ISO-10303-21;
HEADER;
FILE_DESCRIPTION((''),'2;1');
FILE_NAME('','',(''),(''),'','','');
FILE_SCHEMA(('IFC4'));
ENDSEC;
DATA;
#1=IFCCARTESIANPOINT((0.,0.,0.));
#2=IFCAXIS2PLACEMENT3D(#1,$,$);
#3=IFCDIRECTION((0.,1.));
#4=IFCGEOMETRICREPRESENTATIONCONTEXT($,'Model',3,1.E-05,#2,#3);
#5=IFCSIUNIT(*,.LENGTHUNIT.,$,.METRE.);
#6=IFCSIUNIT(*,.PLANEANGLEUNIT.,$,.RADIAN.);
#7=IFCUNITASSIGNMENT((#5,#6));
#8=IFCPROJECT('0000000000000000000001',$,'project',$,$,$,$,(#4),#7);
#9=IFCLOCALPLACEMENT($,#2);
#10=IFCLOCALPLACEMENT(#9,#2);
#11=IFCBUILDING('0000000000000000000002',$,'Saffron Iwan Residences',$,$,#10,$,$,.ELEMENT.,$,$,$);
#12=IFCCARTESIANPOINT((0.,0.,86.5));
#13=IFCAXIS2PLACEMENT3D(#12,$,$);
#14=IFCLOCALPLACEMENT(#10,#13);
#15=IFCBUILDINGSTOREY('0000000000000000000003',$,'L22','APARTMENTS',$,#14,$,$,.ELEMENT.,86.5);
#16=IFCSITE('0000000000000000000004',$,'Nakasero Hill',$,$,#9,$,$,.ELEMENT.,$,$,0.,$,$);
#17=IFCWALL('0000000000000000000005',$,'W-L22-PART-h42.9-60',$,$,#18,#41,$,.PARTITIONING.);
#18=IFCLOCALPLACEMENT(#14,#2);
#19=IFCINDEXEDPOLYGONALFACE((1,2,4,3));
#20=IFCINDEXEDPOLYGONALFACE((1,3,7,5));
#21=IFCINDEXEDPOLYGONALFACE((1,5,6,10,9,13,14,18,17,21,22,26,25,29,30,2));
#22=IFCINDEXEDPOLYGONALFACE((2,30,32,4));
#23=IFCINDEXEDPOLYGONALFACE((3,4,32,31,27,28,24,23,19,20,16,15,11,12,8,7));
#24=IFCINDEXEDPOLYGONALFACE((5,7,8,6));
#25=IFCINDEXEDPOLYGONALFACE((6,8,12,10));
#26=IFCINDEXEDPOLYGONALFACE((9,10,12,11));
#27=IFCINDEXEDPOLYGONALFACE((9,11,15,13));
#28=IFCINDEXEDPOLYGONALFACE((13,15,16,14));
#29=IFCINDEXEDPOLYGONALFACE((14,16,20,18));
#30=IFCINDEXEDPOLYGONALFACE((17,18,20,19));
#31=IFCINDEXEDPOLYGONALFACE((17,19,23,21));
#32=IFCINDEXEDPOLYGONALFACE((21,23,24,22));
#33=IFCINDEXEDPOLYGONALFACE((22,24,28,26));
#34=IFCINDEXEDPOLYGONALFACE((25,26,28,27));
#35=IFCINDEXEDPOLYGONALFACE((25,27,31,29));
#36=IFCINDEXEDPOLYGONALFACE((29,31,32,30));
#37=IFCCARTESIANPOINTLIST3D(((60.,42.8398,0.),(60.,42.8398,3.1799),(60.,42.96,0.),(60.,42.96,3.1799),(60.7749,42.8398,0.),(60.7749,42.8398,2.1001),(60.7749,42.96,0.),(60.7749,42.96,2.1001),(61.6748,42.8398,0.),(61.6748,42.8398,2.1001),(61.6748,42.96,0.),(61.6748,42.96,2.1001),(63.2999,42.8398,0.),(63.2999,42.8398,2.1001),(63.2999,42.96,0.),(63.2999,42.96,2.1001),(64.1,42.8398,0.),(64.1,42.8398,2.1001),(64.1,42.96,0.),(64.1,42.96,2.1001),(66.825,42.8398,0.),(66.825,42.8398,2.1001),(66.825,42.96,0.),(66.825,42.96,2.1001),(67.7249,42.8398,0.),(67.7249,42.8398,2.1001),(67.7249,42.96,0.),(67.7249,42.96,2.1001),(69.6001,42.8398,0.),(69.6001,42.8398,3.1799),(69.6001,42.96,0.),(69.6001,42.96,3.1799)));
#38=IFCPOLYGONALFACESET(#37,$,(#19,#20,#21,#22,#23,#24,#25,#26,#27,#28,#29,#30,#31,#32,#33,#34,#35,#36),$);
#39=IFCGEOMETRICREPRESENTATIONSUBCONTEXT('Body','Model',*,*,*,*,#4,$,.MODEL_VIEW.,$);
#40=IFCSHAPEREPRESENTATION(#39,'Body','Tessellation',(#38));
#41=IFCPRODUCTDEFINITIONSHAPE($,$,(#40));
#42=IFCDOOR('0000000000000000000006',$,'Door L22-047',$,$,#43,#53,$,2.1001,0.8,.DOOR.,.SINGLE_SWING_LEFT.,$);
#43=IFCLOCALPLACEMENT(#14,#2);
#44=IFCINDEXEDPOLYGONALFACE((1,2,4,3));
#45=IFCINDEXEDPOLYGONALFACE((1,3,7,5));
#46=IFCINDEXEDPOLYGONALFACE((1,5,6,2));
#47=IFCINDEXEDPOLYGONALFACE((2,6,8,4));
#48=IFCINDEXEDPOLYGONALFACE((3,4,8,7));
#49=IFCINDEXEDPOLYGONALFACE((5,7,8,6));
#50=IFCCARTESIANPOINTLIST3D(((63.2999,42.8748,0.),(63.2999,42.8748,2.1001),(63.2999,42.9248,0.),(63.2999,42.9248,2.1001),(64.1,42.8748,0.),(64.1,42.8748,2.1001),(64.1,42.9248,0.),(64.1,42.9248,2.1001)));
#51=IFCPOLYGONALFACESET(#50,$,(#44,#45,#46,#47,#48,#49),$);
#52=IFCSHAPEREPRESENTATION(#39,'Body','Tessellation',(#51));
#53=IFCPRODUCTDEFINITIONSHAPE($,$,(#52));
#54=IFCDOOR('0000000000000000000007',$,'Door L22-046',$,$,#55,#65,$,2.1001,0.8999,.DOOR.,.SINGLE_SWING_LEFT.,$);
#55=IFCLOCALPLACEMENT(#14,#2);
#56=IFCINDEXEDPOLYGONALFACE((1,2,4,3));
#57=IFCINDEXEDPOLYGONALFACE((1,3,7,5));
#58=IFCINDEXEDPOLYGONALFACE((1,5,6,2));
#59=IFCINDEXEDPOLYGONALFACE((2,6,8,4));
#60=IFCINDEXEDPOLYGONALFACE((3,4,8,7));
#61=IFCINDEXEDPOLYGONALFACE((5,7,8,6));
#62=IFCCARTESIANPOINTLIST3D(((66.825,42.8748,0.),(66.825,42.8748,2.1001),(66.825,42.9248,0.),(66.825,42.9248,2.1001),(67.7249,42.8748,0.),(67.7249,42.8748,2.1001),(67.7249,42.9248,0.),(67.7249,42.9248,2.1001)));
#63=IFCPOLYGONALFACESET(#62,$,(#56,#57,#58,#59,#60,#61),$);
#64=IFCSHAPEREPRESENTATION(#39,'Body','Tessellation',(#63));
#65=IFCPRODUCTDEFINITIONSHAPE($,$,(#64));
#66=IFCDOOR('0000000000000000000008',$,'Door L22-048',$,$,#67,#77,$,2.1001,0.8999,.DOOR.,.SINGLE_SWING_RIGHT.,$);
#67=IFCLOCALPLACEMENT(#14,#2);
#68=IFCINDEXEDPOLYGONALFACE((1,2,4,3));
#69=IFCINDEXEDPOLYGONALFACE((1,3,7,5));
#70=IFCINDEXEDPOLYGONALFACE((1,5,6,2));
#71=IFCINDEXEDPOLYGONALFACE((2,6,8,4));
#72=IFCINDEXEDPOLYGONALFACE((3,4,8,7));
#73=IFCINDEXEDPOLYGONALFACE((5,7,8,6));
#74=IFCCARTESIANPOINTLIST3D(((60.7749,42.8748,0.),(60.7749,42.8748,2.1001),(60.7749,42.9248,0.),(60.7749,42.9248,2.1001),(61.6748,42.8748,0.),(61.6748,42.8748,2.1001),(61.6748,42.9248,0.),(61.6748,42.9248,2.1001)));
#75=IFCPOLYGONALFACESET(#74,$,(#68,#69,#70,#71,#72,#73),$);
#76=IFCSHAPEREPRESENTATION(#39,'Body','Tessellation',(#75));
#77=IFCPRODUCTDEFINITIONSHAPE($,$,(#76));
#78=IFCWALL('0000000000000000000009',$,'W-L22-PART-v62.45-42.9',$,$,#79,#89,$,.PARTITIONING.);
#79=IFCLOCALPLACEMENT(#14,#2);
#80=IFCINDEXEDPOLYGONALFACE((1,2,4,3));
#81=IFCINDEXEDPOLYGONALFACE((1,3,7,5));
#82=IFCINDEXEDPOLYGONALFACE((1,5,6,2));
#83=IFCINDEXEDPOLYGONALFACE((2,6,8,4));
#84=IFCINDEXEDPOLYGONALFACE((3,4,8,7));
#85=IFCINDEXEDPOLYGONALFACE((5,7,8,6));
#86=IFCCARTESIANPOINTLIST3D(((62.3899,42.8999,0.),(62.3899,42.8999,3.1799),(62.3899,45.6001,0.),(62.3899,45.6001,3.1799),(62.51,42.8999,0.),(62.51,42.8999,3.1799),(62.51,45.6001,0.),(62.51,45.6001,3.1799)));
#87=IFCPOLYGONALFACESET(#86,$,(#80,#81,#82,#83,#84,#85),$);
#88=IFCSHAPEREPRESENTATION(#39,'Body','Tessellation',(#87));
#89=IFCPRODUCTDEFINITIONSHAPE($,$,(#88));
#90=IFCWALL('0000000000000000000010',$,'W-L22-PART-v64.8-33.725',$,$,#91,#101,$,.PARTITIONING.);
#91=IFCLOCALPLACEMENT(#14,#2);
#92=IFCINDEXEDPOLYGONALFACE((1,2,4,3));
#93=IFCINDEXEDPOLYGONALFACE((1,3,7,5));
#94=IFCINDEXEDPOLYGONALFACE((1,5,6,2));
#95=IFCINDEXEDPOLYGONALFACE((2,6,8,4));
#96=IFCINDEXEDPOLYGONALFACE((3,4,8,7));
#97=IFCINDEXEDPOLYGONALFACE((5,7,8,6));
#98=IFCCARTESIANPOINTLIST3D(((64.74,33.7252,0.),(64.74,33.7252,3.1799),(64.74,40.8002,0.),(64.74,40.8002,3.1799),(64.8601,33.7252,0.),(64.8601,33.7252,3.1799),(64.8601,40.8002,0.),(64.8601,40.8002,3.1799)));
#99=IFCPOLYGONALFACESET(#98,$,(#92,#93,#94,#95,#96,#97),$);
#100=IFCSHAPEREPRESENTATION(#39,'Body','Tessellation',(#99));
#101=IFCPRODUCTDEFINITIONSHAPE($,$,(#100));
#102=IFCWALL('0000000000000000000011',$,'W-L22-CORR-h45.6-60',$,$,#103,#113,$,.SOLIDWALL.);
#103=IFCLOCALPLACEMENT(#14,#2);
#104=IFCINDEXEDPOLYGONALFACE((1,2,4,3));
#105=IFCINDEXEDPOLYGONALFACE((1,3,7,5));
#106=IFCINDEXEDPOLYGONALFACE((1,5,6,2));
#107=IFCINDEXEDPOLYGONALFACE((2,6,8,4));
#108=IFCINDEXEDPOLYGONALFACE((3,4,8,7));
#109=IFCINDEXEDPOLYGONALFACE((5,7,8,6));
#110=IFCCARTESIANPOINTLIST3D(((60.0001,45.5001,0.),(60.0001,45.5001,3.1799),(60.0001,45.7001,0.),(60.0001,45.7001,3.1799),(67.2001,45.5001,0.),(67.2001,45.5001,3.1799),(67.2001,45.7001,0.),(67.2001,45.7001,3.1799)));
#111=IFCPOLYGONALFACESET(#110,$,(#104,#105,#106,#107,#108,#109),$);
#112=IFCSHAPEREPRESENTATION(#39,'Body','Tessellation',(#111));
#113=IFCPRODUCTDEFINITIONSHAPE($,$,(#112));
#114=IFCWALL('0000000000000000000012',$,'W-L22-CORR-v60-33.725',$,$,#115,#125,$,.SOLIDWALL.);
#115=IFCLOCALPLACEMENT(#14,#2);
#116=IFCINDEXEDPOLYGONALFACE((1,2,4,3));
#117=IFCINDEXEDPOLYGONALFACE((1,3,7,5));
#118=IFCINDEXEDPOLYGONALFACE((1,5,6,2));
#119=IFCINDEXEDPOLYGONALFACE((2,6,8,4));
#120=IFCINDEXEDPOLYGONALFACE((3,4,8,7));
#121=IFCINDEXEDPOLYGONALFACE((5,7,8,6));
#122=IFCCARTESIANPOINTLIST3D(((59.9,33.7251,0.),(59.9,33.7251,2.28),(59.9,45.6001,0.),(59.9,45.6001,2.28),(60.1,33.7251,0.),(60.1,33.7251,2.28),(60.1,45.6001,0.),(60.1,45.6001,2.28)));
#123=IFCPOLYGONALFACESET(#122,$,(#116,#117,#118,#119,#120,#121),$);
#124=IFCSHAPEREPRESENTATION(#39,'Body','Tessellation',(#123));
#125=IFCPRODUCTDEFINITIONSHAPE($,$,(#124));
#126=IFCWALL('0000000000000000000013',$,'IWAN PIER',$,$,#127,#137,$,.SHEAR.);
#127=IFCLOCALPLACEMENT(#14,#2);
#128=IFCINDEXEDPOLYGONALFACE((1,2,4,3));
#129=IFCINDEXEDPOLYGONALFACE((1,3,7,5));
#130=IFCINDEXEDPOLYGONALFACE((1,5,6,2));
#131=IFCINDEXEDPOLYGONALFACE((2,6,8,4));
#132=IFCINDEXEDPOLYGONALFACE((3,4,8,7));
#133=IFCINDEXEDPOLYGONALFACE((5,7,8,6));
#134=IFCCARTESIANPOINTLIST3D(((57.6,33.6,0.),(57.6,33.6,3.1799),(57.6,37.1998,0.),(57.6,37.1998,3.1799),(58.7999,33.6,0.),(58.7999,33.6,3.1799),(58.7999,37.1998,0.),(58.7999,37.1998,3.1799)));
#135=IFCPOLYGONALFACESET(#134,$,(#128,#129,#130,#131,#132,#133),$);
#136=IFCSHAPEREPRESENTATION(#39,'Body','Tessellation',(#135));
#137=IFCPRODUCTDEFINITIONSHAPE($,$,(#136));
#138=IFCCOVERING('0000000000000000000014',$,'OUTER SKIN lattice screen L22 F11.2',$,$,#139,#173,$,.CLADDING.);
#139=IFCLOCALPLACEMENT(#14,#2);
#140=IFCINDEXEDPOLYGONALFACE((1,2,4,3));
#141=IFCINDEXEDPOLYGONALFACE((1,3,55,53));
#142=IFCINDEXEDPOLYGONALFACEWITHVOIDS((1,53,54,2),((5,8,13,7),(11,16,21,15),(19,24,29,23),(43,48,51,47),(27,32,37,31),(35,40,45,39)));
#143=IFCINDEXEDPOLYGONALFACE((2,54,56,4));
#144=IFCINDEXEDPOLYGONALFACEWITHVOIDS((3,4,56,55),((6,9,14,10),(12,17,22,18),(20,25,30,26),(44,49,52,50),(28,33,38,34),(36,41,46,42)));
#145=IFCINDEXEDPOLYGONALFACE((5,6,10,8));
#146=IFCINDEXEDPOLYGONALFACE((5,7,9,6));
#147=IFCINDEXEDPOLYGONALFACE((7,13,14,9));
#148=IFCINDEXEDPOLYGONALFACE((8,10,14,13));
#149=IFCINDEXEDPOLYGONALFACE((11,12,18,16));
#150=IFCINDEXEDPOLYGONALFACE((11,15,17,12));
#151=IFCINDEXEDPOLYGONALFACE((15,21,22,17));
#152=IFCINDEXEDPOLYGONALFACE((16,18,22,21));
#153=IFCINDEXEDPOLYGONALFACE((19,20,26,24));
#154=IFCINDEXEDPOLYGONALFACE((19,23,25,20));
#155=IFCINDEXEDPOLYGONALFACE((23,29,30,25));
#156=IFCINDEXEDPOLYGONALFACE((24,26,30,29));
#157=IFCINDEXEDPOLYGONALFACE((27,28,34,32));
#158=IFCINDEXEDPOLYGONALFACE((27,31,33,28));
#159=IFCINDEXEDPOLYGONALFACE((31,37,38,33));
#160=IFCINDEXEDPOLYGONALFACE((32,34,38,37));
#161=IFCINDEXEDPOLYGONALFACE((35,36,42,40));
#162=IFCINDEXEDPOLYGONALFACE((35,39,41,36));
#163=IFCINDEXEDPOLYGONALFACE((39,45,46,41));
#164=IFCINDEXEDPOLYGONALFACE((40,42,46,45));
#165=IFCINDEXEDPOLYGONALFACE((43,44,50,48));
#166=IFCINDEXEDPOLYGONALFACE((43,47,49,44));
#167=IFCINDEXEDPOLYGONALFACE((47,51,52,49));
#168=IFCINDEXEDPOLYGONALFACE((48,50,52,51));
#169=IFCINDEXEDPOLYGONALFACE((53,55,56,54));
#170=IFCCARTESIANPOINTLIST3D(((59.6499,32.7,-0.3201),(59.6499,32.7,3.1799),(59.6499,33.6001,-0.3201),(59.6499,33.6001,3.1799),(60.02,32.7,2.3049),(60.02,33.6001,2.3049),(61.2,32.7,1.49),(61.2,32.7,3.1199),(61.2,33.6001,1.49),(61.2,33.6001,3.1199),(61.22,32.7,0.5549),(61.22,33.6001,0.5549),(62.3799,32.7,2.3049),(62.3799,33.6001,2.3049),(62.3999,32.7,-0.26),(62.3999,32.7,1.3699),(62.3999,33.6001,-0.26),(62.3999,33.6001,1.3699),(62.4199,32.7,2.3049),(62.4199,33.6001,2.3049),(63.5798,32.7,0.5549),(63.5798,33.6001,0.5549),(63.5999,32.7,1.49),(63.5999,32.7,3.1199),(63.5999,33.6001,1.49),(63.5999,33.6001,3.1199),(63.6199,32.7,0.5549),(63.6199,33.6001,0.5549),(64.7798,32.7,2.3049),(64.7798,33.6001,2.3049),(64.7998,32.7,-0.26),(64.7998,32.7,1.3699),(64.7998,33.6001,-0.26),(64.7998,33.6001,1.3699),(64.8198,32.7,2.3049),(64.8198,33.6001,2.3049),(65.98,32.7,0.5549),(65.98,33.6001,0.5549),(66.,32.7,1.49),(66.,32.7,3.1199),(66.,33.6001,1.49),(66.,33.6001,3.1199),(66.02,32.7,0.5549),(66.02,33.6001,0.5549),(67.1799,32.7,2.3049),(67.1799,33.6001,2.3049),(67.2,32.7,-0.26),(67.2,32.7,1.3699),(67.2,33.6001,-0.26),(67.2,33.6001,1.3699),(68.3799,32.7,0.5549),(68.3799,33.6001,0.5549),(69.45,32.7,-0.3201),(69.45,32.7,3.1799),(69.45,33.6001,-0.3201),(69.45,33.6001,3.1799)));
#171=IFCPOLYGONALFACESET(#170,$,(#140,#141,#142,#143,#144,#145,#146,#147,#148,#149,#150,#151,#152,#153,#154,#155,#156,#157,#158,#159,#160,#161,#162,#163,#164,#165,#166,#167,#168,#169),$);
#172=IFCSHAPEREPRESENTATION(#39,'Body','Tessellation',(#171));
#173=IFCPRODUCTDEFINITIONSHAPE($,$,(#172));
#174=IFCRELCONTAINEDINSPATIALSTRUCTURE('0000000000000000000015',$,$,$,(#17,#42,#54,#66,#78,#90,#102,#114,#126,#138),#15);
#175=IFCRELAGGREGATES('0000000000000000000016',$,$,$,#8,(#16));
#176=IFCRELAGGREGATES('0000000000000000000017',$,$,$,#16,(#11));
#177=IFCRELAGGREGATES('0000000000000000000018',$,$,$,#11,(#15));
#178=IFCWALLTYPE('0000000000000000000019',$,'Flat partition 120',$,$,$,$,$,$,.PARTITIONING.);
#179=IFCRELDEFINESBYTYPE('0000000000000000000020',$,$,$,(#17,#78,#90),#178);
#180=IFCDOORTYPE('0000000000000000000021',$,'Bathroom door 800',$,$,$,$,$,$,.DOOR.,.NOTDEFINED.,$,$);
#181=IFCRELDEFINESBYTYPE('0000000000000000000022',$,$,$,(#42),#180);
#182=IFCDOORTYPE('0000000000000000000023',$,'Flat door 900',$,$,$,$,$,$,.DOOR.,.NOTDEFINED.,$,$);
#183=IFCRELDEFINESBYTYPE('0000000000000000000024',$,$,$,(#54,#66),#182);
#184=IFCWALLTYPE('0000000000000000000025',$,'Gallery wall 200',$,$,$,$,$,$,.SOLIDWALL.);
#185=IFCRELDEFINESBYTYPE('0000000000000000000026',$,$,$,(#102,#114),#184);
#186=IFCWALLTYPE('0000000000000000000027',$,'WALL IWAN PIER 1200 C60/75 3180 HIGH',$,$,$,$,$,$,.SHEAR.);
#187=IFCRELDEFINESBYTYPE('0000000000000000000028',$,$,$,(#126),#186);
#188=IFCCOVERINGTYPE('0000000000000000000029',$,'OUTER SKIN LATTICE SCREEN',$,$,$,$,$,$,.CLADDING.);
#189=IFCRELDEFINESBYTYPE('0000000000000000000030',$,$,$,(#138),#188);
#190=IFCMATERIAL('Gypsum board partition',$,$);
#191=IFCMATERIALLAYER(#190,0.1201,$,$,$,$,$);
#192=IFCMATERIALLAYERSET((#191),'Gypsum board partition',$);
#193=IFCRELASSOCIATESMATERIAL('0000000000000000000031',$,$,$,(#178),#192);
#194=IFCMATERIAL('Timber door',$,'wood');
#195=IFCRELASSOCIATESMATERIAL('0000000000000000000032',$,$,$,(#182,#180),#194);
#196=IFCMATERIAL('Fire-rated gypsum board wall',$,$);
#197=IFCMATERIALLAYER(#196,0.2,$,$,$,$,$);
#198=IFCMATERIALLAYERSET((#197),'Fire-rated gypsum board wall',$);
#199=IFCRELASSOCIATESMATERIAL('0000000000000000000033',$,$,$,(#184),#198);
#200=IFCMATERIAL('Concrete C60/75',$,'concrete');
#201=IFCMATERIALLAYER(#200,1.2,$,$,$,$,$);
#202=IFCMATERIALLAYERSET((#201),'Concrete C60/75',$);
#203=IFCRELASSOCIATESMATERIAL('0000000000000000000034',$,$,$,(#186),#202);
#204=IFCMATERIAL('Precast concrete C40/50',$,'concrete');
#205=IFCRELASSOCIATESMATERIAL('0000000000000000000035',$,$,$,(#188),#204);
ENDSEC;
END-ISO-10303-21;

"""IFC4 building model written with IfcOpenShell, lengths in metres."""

from ifc_helpers import new_model, si_unit, direction, frame, frame_2d, origin, place, context, subcontext, project, spatial, polyline, rectangle, outline, extrude, material, layer, layer_set, type_object, element, fill, save


model = new_model("IFC4")

# Units and contexts
model_context = context("Model", 3, precision=1e-05, world=origin(), true_north=direction((0.0, 1.0)))
body_context = subcontext(model_context, "Body", "Model", "MODEL_VIEW")
ifc_project = project(units=[si_unit("LENGTHUNIT", "METRE"), si_unit("PLANEANGLEUNIT", "RADIAN")], contexts=[model_context])

# Site, building, storey
site_placement = place(None, origin())
site = spatial("IfcSite", under=ifc_project, at=site_placement, Name="Nakasero Hill", CompositionType="ELEMENT", RefElevation=0.0)
building_placement = place(site_placement, origin())
building = spatial("IfcBuilding", under=site, at=building_placement, Name="Saffron Iwan Residences", CompositionType="ELEMENT")
storey_placement = place(building_placement, frame((0.0, 0.0, 86.5)))
storey = spatial("IfcBuildingStorey", under=building, at=storey_placement, Name="L22", Description="APARTMENTS", CompositionType="ELEMENT", Elevation=86.5)

# Shared definitions
ifc_material_1 = material(Name="Concrete C60/75", Category="concrete")

# Wall, openings, doors
ifc_material_2 = material(Name="Gypsum board partition")
ifc_layer_1 = layer(ifc_material_2, 0.1201)
ifc_layer_set_1 = layer_set([ifc_layer_1], Name="Gypsum board partition")
wall_type_1 = type_object("IfcWallType", Name="Flat partition 120", PredefinedType="PARTITIONING", material=ifc_layer_set_1)
ifc_material_3 = material(Name="Timber door", Category="wood")
door_type_1 = type_object("IfcDoorType", Name="Flat door 900", OperationType="NOTDEFINED", PredefinedType="DOOR", material=ifc_material_3)
wall_1_placement = place(storey_placement, frame((60.0, 42.8999, 0.0), z_axis=(0.0, 0.0, 1.0), x_axis=(1.0, 0.0, 0.0)))
wall_1 = element("IfcWall", 1, at=wall_1_placement, inside=storey, type_object=wall_type_1, Name="W-L22-PART-h42.9-60", PredefinedType="PARTITIONING", context=body_context, shape_type="SweptSolid", body=[
    extrude(rectangle(XDim=9.6001, YDim=0.1201, at=frame_2d((4.8, 0.0))), origin(), (0.0, 0.0, 1.0), 3.1799),
])
opening_1_placement = place(wall_1_placement, frame((6.825, 0.0, 0.0)))
opening_1 = element("IfcOpeningElement", 2, at=opening_1_placement, cuts=wall_1, PredefinedType="OPENING", context=body_context, shape_type="SweptSolid", body=[
    extrude(rectangle(XDim=0.8999, YDim=2.1001, at=frame_2d((0.45, 1.05))), frame((0.0, 0.0701, 0.0), z_axis=(0.0, -1.0, 0.0), x_axis=(1.0, 0.0, 0.0)), (0.0, 0.0, 1.0), 0.1401),
])
opening_2_placement = place(wall_1_placement, frame((3.3, 0.0, 0.0)))
opening_2 = element("IfcOpeningElement", 3, at=opening_2_placement, cuts=wall_1, PredefinedType="OPENING", context=body_context, shape_type="SweptSolid", body=[
    extrude(rectangle(XDim=0.8, YDim=2.1001, at=frame_2d((0.3999, 1.05))), frame((0.0, 0.0701, 0.0), z_axis=(0.0, -1.0, 0.0), x_axis=(1.0, 0.0, 0.0)), (0.0, 0.0, 1.0), 0.1401),
])
opening_3_placement = place(wall_1_placement, frame((0.7749, 0.0, 0.0)))
opening_3 = element("IfcOpeningElement", 4, at=opening_3_placement, cuts=wall_1, PredefinedType="OPENING", context=body_context, shape_type="SweptSolid", body=[
    extrude(rectangle(XDim=0.8999, YDim=2.1001, at=frame_2d((0.45, 1.05))), frame((0.0, 0.0701, 0.0), z_axis=(0.0, -1.0, 0.0), x_axis=(1.0, 0.0, 0.0)), (0.0, 0.0, 1.0), 0.1401),
])
door_type_2 = type_object("IfcDoorType", Name="Bathroom door 800", OperationType="NOTDEFINED", PredefinedType="DOOR", material=ifc_material_3)
door_1_placement = place(opening_2_placement, origin())
door_1 = element("IfcDoor", 5, at=door_1_placement, inside=storey, type_object=door_type_2, Name="Door L22-047", OperationType="SINGLE_SWING_LEFT", OverallHeight=2.1001, OverallWidth=0.8, PredefinedType="DOOR", context=body_context, shape_type="SweptSolid", body=[
    extrude(rectangle(XDim=0.8, YDim=2.1001, at=frame_2d((0.3999, 1.05))), frame((0.0, 0.0249, 0.0), z_axis=(0.0, -1.0, 0.0), x_axis=(1.0, 0.0, 0.0)), (0.0, 0.0, 1.0), 0.05),
])
fill(opening_2, door_1)
door_2_placement = place(opening_1_placement, origin())
door_2 = element("IfcDoor", 6, at=door_2_placement, inside=storey, type_object=door_type_1, Name="Door L22-046", OperationType="SINGLE_SWING_LEFT", OverallHeight=2.1001, OverallWidth=0.8999, PredefinedType="DOOR", context=body_context, shape_type="SweptSolid", body=[
    extrude(rectangle(XDim=0.8999, YDim=2.1001, at=frame_2d((0.45, 1.05))), frame((0.0, 0.0249, 0.0), z_axis=(0.0, -1.0, 0.0), x_axis=(1.0, 0.0, 0.0)), (0.0, 0.0, 1.0), 0.05),
])
fill(opening_1, door_2)
door_3_placement = place(opening_3_placement, origin())
door_3 = element("IfcDoor", 7, at=door_3_placement, inside=storey, type_object=door_type_1, Name="Door L22-048", OperationType="SINGLE_SWING_RIGHT", OverallHeight=2.1001, OverallWidth=0.8999, PredefinedType="DOOR", context=body_context, shape_type="SweptSolid", body=[
    extrude(rectangle(XDim=0.8999, YDim=2.1001, at=frame_2d((0.45, 1.05))), frame((0.0, 0.0249, 0.0), z_axis=(0.0, -1.0, 0.0), x_axis=(1.0, 0.0, 0.0)), (0.0, 0.0, 1.0), 0.05),
])
fill(opening_3, door_3)

# Walls
wall_2_placement = place(storey_placement, frame((62.45, 42.8999, 0.0), z_axis=(0.0, 0.0, 1.0), x_axis=(0.0, 1.0, 0.0)))
element("IfcWall", 8, at=wall_2_placement, inside=storey, type_object=wall_type_1, Name="W-L22-PART-v62.45-42.9", PredefinedType="PARTITIONING", context=body_context, shape_type="SweptSolid", body=[
    extrude(rectangle(XDim=2.7002, YDim=0.1201, at=frame_2d((1.3501, 0.0))), origin(), (0.0, 0.0, 1.0), 3.1799),
])
wall_3_placement = place(storey_placement, frame((64.8, 33.7251, 0.0), z_axis=(0.0, 0.0, 1.0), x_axis=(0.0, 1.0, 0.0)))
element("IfcWall", 9, at=wall_3_placement, inside=storey, type_object=wall_type_1, Name="W-L22-PART-v64.8-33.725", PredefinedType="PARTITIONING", context=body_context, shape_type="SweptSolid", body=[
    extrude(rectangle(XDim=7.075, YDim=0.1201, at=frame_2d((3.5376, 0.0))), origin(), (0.0, 0.0, 1.0), 3.1799),
])
ifc_material_4 = material(Name="Fire-rated gypsum board wall")
ifc_layer_2 = layer(ifc_material_4, 0.2)
ifc_layer_set_2 = layer_set([ifc_layer_2], Name="Fire-rated gypsum board wall")
wall_type_2 = type_object("IfcWallType", Name="Gallery wall 200", PredefinedType="SOLIDWALL", material=ifc_layer_set_2)
wall_4_placement = place(storey_placement, frame((60.0, 45.6001, 0.0), z_axis=(0.0, 0.0, 1.0), x_axis=(1.0, 0.0, 0.0)))
element("IfcWall", 10, at=wall_4_placement, inside=storey, type_object=wall_type_2, Name="W-L22-CORR-h45.6-60", PredefinedType="SOLIDWALL", context=body_context, shape_type="SweptSolid", body=[
    extrude(rectangle(XDim=7.2, YDim=0.2, at=frame_2d((3.6001, 0.0))), origin(), (0.0, 0.0, 1.0), 3.1799),
])
wall_5_placement = place(storey_placement, frame((60.0, 33.7251, 0.0), z_axis=(0.0, 0.0, 1.0), x_axis=(0.0, 1.0, 0.0)))
element("IfcWall", 11, at=wall_5_placement, inside=storey, type_object=wall_type_2, Name="W-L22-CORR-v60-33.725", PredefinedType="SOLIDWALL", context=body_context, shape_type="SweptSolid", body=[
    extrude(rectangle(XDim=11.875, YDim=0.2, at=frame_2d((5.9375, 0.0))), origin(), (0.0, 0.0, 1.0), 2.28),
])
ifc_layer_3 = layer(ifc_material_1, 1.2)
ifc_layer_set_3 = layer_set([ifc_layer_3], Name="Concrete C60/75")
wall_type_3 = type_object("IfcWallType", Name="WALL IWAN PIER 1200 C60/75 3180 HIGH", PredefinedType="SHEAR", material=ifc_layer_set_3)
wall_6_placement = place(storey_placement, frame((58.2, 33.6001, 0.0), z_axis=(0.0, 0.0, 1.0), x_axis=(0.0, 1.0, 0.0)))
element("IfcWall", 12, at=wall_6_placement, inside=storey, type_object=wall_type_3, Name="IWAN PIER", PredefinedType="SHEAR", context=body_context, shape_type="SweptSolid", body=[
    extrude(rectangle(XDim=3.5999, YDim=1.2, at=frame_2d((1.7998, 0.0))), origin(), (0.0, 0.0, 1.0), 3.1799),
])

# Covering
ifc_material_5 = material(Name="Precast concrete C40/50", Category="concrete")
covering_type = type_object("IfcCoveringType", Name="OUTER SKIN LATTICE SCREEN", PredefinedType="CLADDING", material=ifc_material_5)
covering_placement = place(storey_placement, frame((59.6499, 33.6001, -0.3201), z_axis=(0.0, -1.0, 0.0), x_axis=(1.0, 0.0, 0.0)))
element("IfcCovering", 13, at=covering_placement, inside=storey, type_object=covering_type, Name="OUTER SKIN lattice screen L22 F11.2", PredefinedType="CLADDING", context=body_context, shape_type="SweptSolid", body=[
    extrude(outline(polyline([(0.0, 0.0), (9.8, 0.0), (9.8, 3.5), (0.0, 3.5), (0.0, 0.0)]), holes=[polyline([(1.5701, 0.875), (2.75, 0.0601), (3.9299, 0.875), (2.75, 1.6899), (1.5701, 0.875)]), polyline([(3.97, 0.875), (5.1499, 0.0601), (6.3301, 0.875), (5.1499, 1.6899), (3.97, 0.875)]), polyline([(6.3701, 0.875), (7.55, 0.0601), (8.73, 0.875), (7.55, 1.6899), (6.3701, 0.875)]), polyline([(0.3701, 2.625), (1.55, 1.8101), (2.73, 2.625), (1.55, 3.4399), (0.3701, 2.625)]), polyline([(2.77, 2.625), (3.95, 1.8101), (5.1299, 2.625), (3.95, 3.4399), (2.77, 2.625)]), polyline([(5.1699, 2.625), (6.3501, 1.8101), (7.53, 2.625), (6.3501, 3.4399), (5.1699, 2.625)])]), origin(), (0.0, 0.0, 1.0), 0.9001),
])

save(model, "model.ifc")
